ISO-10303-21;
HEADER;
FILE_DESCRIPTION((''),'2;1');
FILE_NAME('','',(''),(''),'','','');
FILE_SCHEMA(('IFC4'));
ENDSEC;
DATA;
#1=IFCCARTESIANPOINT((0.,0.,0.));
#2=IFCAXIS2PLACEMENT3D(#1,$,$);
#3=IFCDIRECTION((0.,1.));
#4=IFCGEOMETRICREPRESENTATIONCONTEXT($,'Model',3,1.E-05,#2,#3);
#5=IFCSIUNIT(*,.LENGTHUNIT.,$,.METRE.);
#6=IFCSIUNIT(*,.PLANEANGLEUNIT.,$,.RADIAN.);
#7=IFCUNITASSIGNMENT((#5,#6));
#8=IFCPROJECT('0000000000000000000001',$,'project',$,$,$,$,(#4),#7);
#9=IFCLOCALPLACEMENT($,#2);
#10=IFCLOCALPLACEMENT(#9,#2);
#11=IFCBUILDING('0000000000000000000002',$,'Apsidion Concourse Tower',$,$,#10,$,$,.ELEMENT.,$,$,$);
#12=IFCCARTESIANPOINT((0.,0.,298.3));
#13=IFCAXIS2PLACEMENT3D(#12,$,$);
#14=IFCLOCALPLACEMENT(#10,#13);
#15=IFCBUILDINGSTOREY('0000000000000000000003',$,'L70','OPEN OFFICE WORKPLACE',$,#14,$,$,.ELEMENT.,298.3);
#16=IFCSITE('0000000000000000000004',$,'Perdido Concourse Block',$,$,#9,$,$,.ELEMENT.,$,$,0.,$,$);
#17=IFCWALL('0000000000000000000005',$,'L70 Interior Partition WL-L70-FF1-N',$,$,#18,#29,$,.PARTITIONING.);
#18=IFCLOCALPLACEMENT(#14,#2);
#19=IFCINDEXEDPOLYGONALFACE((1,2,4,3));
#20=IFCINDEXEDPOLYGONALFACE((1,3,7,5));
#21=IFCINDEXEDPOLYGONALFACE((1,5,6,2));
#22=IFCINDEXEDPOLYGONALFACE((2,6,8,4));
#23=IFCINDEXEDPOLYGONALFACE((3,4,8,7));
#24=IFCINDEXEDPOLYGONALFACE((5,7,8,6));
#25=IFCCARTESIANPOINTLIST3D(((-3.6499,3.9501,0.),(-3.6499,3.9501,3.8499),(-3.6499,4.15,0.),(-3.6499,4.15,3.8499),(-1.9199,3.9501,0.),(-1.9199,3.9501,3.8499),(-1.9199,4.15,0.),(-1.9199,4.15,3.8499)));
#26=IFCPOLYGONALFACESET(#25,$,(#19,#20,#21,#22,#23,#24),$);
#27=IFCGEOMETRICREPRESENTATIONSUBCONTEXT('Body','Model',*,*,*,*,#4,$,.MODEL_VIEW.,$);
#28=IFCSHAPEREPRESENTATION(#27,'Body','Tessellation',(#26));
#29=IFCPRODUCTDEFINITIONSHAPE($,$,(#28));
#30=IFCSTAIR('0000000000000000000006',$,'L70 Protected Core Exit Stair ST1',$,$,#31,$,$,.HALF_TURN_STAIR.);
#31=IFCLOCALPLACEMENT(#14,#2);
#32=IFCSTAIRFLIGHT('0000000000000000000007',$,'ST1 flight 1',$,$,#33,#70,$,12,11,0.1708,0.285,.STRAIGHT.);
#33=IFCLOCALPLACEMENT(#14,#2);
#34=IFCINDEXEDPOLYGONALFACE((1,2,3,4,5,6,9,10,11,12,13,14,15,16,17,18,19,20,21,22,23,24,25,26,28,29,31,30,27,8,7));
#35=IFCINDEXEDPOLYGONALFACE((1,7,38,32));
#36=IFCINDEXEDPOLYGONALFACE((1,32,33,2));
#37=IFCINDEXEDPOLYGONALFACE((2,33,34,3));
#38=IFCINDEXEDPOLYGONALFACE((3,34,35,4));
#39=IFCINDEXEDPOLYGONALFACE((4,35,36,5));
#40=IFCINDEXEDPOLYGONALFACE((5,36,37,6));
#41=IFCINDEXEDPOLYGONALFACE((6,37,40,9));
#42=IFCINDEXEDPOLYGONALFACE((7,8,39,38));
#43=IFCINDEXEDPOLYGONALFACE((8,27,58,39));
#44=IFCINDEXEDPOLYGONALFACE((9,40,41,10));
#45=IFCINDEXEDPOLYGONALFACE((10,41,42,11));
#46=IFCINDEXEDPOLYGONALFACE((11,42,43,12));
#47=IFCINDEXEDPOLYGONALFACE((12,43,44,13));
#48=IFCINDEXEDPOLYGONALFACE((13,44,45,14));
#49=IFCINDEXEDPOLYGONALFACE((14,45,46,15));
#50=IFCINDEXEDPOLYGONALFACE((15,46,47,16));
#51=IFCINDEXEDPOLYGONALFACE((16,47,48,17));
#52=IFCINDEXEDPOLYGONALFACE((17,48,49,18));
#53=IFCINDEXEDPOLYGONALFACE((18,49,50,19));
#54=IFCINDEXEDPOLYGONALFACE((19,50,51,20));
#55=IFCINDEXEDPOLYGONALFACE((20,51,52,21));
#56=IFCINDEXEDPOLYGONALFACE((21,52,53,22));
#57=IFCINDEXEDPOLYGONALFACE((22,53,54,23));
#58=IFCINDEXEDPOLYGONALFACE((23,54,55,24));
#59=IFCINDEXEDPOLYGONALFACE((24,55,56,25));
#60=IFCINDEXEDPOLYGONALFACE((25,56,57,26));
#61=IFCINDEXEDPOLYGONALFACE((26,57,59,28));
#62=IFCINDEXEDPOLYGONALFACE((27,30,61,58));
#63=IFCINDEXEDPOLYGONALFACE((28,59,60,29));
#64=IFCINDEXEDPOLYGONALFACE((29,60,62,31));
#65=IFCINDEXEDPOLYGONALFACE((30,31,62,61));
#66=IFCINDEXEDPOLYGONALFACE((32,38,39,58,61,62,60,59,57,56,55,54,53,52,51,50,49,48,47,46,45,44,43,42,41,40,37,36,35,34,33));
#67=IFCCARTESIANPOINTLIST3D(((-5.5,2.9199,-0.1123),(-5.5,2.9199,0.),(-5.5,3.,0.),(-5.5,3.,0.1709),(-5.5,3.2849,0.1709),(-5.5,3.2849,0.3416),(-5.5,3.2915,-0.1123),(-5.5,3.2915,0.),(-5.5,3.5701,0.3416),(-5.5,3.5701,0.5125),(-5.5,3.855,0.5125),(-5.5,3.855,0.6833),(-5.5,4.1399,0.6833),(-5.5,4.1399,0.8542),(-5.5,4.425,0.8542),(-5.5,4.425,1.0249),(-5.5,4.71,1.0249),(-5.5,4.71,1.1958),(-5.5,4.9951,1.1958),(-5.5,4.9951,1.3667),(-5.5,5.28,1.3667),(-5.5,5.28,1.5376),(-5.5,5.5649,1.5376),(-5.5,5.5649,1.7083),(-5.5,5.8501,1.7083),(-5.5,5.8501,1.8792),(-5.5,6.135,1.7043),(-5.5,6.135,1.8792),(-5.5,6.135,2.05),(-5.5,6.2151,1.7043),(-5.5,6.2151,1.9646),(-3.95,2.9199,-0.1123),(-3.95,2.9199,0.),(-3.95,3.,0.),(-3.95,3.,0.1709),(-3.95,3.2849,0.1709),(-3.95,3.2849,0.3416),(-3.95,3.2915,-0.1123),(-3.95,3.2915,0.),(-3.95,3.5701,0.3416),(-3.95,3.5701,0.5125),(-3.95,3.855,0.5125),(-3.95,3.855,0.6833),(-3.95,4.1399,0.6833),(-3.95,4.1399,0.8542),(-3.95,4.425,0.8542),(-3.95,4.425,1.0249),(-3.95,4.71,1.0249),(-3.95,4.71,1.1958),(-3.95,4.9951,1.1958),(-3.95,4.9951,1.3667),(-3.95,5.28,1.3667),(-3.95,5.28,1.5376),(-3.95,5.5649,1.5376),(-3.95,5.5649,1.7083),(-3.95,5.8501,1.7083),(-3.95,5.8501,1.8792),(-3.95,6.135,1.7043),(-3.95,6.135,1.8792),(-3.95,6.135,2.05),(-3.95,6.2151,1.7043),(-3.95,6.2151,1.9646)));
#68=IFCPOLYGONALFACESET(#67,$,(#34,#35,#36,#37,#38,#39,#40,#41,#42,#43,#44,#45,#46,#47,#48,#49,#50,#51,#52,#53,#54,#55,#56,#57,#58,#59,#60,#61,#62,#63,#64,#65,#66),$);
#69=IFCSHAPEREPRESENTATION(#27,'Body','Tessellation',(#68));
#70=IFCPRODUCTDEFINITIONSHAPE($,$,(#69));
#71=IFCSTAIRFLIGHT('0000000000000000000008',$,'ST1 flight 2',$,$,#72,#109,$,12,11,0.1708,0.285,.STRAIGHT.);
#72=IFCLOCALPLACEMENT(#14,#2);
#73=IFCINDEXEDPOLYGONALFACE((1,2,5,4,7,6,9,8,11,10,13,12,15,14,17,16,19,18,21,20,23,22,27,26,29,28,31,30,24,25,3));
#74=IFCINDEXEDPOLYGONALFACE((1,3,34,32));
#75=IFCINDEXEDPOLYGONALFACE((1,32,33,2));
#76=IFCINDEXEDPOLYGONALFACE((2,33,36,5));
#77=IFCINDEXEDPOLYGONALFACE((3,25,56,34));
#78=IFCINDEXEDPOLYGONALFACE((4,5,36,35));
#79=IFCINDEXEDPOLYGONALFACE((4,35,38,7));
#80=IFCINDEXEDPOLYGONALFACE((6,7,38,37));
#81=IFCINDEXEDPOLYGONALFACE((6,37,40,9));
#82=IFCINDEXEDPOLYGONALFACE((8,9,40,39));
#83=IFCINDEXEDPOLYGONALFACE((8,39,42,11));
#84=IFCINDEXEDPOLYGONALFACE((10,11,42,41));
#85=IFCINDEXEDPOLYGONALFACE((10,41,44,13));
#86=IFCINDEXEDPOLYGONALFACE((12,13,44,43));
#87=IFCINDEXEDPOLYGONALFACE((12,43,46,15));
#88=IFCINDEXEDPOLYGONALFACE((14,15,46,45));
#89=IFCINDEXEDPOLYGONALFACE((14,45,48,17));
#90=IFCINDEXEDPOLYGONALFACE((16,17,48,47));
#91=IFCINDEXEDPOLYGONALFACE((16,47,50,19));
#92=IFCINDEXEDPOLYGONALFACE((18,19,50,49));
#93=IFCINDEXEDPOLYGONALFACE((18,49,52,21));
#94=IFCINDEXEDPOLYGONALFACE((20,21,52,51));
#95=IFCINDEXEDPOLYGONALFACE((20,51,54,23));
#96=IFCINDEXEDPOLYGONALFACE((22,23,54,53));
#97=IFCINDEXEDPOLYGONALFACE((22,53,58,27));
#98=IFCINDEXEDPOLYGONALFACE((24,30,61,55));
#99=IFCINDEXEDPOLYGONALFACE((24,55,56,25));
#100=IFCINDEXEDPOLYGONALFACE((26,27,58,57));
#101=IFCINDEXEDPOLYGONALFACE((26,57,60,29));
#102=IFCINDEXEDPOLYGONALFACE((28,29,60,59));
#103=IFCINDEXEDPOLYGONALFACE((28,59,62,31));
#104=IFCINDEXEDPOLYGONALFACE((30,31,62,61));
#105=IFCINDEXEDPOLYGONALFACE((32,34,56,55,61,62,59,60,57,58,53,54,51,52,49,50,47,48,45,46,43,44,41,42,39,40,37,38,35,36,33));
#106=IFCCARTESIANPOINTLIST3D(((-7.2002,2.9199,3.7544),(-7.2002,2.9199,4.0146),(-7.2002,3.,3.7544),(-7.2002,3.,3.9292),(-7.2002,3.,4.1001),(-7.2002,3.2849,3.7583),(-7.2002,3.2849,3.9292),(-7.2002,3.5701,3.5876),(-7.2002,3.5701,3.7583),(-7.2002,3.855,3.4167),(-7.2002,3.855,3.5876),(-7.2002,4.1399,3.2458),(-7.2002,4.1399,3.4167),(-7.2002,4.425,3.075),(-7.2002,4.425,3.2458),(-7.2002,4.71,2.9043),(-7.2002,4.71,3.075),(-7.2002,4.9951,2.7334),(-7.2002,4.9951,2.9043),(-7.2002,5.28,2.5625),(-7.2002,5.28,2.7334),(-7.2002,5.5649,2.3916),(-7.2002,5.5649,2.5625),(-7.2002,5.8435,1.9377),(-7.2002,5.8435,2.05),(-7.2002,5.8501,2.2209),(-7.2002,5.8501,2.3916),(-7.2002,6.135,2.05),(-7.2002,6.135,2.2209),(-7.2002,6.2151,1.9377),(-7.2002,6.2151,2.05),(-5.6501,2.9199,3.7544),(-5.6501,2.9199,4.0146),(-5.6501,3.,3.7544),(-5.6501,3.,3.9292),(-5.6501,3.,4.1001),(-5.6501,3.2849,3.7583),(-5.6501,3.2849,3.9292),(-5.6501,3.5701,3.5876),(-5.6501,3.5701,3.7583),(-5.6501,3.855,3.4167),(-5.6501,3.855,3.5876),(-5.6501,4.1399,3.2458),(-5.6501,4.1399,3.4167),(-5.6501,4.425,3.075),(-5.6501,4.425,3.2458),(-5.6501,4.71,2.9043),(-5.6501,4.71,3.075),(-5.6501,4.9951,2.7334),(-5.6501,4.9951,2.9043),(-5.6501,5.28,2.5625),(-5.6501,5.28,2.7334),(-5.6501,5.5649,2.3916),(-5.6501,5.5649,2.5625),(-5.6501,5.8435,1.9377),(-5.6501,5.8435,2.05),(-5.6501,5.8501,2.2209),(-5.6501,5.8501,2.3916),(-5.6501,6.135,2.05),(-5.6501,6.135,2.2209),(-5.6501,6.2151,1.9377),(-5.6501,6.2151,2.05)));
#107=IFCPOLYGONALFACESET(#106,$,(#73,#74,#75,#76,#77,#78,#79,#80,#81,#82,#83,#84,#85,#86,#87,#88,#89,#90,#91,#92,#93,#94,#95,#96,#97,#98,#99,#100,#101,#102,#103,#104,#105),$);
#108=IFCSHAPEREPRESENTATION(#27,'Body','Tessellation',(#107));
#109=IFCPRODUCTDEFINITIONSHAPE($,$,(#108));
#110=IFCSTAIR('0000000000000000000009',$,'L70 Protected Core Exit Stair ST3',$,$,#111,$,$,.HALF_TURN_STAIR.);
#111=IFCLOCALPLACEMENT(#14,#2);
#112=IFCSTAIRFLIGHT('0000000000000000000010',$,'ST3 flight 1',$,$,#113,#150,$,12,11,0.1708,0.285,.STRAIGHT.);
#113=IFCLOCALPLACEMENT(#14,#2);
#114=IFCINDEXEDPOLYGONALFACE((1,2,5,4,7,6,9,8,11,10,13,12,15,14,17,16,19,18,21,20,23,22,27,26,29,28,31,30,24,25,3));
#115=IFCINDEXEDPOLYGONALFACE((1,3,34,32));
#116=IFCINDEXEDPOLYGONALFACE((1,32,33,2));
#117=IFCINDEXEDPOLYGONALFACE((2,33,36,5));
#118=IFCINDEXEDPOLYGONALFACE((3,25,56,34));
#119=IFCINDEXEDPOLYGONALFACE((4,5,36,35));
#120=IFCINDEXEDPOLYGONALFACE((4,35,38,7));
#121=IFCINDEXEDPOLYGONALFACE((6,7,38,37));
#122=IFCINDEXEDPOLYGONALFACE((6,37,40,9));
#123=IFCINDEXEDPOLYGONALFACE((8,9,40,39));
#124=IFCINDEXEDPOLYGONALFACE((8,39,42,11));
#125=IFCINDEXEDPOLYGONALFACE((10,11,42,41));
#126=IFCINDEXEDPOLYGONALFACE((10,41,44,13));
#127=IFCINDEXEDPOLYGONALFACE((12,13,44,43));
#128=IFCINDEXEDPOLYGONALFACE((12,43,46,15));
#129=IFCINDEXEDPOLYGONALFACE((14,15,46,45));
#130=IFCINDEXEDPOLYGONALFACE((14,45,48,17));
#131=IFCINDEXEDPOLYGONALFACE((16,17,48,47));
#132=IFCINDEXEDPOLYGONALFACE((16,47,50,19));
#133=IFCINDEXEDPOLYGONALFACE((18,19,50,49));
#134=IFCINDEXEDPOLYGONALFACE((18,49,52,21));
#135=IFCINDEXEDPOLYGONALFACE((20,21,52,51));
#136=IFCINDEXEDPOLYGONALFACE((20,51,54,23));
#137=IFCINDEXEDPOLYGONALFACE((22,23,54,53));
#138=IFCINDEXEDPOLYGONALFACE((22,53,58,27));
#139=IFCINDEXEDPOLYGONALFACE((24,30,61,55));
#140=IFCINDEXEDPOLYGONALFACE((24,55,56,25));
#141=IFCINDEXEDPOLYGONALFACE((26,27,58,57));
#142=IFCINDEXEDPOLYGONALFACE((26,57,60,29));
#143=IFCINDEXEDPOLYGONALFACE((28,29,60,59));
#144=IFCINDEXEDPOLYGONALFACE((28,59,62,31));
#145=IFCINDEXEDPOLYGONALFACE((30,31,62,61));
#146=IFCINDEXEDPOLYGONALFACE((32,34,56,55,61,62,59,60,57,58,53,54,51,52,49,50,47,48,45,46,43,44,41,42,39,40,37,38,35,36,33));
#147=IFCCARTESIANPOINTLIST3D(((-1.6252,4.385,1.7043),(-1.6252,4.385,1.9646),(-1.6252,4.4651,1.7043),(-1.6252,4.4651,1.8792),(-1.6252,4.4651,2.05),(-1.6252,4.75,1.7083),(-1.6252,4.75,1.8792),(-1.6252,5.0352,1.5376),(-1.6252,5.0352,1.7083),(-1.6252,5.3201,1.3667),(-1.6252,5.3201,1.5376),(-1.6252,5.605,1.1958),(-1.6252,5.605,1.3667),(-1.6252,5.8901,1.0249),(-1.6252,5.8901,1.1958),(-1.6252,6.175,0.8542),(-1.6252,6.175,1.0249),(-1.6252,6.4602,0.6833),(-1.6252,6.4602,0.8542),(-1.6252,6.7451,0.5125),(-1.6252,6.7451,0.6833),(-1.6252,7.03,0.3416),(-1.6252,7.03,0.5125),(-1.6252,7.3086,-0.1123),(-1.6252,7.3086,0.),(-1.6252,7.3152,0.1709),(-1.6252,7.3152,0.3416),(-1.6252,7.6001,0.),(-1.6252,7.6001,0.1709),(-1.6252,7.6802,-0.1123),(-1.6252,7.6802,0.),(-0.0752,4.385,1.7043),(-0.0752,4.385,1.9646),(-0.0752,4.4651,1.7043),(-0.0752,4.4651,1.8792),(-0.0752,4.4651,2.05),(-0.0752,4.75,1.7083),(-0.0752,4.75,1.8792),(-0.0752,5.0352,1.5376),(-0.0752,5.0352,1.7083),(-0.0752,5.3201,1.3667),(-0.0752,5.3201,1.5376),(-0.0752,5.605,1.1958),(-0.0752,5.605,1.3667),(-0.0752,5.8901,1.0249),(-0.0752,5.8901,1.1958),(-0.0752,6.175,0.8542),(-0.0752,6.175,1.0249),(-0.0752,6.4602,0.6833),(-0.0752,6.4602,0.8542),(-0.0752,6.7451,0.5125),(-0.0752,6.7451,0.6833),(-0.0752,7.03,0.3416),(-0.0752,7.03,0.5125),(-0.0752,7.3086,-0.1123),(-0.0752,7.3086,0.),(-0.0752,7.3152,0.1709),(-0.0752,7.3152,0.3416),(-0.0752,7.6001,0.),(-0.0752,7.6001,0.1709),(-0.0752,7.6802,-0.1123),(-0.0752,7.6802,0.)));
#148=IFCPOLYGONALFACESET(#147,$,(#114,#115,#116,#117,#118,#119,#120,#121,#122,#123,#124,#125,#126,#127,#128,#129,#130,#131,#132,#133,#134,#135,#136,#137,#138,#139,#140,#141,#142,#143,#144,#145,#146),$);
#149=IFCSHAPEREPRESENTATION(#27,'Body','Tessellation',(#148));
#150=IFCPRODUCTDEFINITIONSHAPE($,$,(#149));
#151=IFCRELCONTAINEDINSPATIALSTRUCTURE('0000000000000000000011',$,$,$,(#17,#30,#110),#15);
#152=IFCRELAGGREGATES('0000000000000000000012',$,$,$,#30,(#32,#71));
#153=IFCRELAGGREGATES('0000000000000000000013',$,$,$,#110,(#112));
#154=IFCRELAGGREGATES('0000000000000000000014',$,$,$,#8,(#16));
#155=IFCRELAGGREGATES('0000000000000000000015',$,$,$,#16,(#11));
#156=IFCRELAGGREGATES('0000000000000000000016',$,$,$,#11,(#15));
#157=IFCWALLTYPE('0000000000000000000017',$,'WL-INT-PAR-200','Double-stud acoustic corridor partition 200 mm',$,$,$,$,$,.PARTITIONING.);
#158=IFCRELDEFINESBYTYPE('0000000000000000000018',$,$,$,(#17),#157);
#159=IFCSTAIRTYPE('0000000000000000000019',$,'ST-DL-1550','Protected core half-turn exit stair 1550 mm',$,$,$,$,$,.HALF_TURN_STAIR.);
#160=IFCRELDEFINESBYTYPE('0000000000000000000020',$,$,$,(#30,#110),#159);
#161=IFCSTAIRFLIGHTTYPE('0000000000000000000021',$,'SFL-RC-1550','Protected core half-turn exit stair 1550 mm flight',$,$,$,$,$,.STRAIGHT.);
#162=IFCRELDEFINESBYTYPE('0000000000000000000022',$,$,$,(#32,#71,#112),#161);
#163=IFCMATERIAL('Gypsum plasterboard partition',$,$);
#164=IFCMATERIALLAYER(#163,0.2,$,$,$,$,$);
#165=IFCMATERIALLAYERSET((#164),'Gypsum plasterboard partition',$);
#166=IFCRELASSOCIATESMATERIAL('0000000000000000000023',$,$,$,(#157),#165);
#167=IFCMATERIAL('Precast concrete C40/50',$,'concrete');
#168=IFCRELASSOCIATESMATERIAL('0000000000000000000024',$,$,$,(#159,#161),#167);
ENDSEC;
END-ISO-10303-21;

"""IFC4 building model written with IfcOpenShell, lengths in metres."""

from ifc_helpers import new_model, si_unit, direction, frame, frame_2d, origin, place, context, subcontext, project, spatial, polyline, rectangle, outline, extrude, material, layer, layer_set, type_object, element, aggregate, save


model = new_model("IFC4")

# Units and contexts
model_context = context("Model", 3, precision=1e-05, world=origin(), true_north=direction((0.0, 1.0)))
body_context = subcontext(model_context, "Body", "Model", "MODEL_VIEW")
ifc_project = project(units=[si_unit("LENGTHUNIT", "METRE"), si_unit("PLANEANGLEUNIT", "RADIAN")], contexts=[model_context])

# Site, building, storey
site_placement = place(None, origin())
site = spatial("IfcSite", under=ifc_project, at=site_placement, Name="Perdido Concourse Block", CompositionType="ELEMENT", RefElevation=0.0)
building_placement = place(site_placement, origin())
building = spatial("IfcBuilding", under=site, at=building_placement, Name="Apsidion Concourse Tower", CompositionType="ELEMENT")
storey_placement = place(building_placement, frame((0.0, 0.0, 298.3)))
storey = spatial("IfcBuildingStorey", under=building, at=storey_placement, Name="L70", Description="OPEN OFFICE WORKPLACE", CompositionType="ELEMENT", Elevation=298.3)

# Shared definitions
ifc_material_1 = material(Name="Gypsum plasterboard partition")

# Wall
ifc_layer_1 = layer(ifc_material_1, 0.2)
ifc_layer_set_1 = layer_set([ifc_layer_1], Name="Gypsum plasterboard partition")
wall_type_1 = type_object("IfcWallType", Name="WL-INT-PAR-200", Description="Double-stud acoustic corridor partition 200 mm", PredefinedType="PARTITIONING", material=ifc_layer_set_1)
wall_1_placement = place(storey_placement, frame((-3.6499, 4.05, 0.0), z_axis=(0.0, 0.0, 1.0), x_axis=(1.0, 0.0, 0.0)))
element("IfcWall", 1, at=wall_1_placement, inside=storey, type_object=wall_type_1, Name="L70 Interior Partition WL-L70-FF1-N", PredefinedType="PARTITIONING", context=body_context, shape_type="SweptSolid", body=[
    extrude(rectangle(XDim=1.73, YDim=0.2, at=frame_2d((0.865, 0.0))), origin(), (0.0, 0.0, 1.0), 3.8499),
])

# Stair, stair flights
ifc_material_2 = material(Name="Precast concrete C40/50", Category="concrete")
stair_type = type_object("IfcStairType", Name="ST-DL-1550", Description="Protected core half-turn exit stair 1550 mm", PredefinedType="HALF_TURN_STAIR", material=ifc_material_2)
stair_1_placement = place(storey_placement, origin())
stair_1 = element("IfcStair", 2, at=stair_1_placement, inside=storey, type_object=stair_type, Name="L70 Protected Core Exit Stair ST1", PredefinedType="HALF_TURN_STAIR")
stair_flight_type = type_object("IfcStairFlightType", Name="SFL-RC-1550", Description="Protected core half-turn exit stair 1550 mm flight", PredefinedType="STRAIGHT", material=ifc_material_2)
stair_flight_1_placement = place(storey_placement, frame((-4.7251, 3.0, 0.0), z_axis=(0.0, 0.0, 1.0), x_axis=(0.0, 1.0, 0.0)))
stair_flight_1 = element("IfcStairFlight", 3, at=stair_flight_1_placement, type_object=stair_flight_type, Name="ST1 flight 1", NumberOfRisers=12, NumberOfTreads=11, PredefinedType="STRAIGHT", RiserHeight=0.1708, TreadLength=0.285, context=body_context, shape_type="SweptSolid", body=[
    extrude(outline(polyline([(-0.0801, -0.1123), (-0.0801, 0.0), (0.0, 0.0), (0.0, 0.1709), (0.2849, 0.1709), (0.2849, 0.3416), (0.5701, 0.3416), (0.5701, 0.5125), (0.855, 0.5125), (0.855, 0.6833), (1.1399, 0.6833), (1.1399, 0.8542), (1.425, 0.8542), (1.425, 1.0249), (1.71, 1.0249), (1.71, 1.1958), (1.9951, 1.1958), (1.9951, 1.3667), (2.28, 1.3667), (2.28, 1.5376), (2.5649, 1.5376), (2.5649, 1.7083), (2.8501, 1.7083), (2.8501, 1.8792), (3.135, 1.8792), (3.135, 2.05), (3.2151, 1.9646), (3.2151, 1.7043), (3.135, 1.7043), (0.2915, 0.0), (0.2915, -0.1123), (-0.0801, -0.1123)])), frame((0.0, 0.7749, 0.0), z_axis=(0.0, -1.0, 0.0), x_axis=(1.0, 0.0, 0.0)), (0.0, 0.0, 1.0), 1.55),
])
stair_flight_2_placement = place(storey_placement, frame((-6.425, 6.135, 2.05), z_axis=(0.0, 0.0, 1.0), x_axis=(0.0, -1.0, 0.0)))
stair_flight_2 = element("IfcStairFlight", 4, at=stair_flight_2_placement, type_object=stair_flight_type, Name="ST1 flight 2", NumberOfRisers=12, NumberOfTreads=11, PredefinedType="STRAIGHT", RiserHeight=0.1708, TreadLength=0.285, context=body_context, shape_type="SweptSolid", body=[
    extrude(outline(polyline([(-0.0801, -0.1123), (-0.0801, 0.0), (0.0, 0.0), (0.0, 0.1709), (0.2849, 0.1709), (0.2849, 0.3416), (0.5701, 0.3416), (0.5701, 0.5125), (0.855, 0.5125), (0.855, 0.6833), (1.1399, 0.6833), (1.1399, 0.8542), (1.425, 0.8542), (1.425, 1.0249), (1.71, 1.0249), (1.71, 1.1958), (1.9951, 1.1958), (1.9951, 1.3667), (2.28, 1.3667), (2.28, 1.5376), (2.5649, 1.5376), (2.5649, 1.7083), (2.8501, 1.7083), (2.8501, 1.8792), (3.135, 1.8792), (3.135, 2.05), (3.2151, 1.9646), (3.2151, 1.7043), (3.135, 1.7043), (0.2915, 0.0), (0.2915, -0.1123), (-0.0801, -0.1123)])), frame((0.0, 0.7749, 0.0), z_axis=(0.0, -1.0, 0.0), x_axis=(1.0, 0.0, 0.0)), (0.0, 0.0, 1.0), 1.55),
])
aggregate(stair_1, [stair_flight_1, stair_flight_2])

# Stair, stair flight
stair_2_placement = place(storey_placement, origin())
stair_2 = element("IfcStair", 5, at=stair_2_placement, inside=storey, type_object=stair_type, Name="L70 Protected Core Exit Stair ST3", PredefinedType="HALF_TURN_STAIR")
stair_flight_3_placement = place(storey_placement, frame((-0.8501, 7.6001, 0.0), z_axis=(0.0, 0.0, 1.0), x_axis=(0.0, -1.0, 0.0)))
stair_flight_3 = element("IfcStairFlight", 6, at=stair_flight_3_placement, type_object=stair_flight_type, Name="ST3 flight 1", NumberOfRisers=12, NumberOfTreads=11, PredefinedType="STRAIGHT", RiserHeight=0.1708, TreadLength=0.285, context=body_context, shape_type="SweptSolid", body=[
    extrude(outline(polyline([(-0.0801, -0.1123), (-0.0801, 0.0), (0.0, 0.0), (0.0, 0.1709), (0.2849, 0.1709), (0.2849, 0.3416), (0.5701, 0.3416), (0.5701, 0.5125), (0.855, 0.5125), (0.855, 0.6833), (1.1399, 0.6833), (1.1399, 0.8542), (1.425, 0.8542), (1.425, 1.0249), (1.71, 1.0249), (1.71, 1.1958), (1.9951, 1.1958), (1.9951, 1.3667), (2.28, 1.3667), (2.28, 1.5376), (2.5649, 1.5376), (2.5649, 1.7083), (2.8501, 1.7083), (2.8501, 1.8792), (3.135, 1.8792), (3.135, 2.05), (3.2151, 1.9646), (3.2151, 1.7043), (3.135, 1.7043), (0.2915, 0.0), (0.2915, -0.1123), (-0.0801, -0.1123)])), frame((0.0, 0.7749, 0.0), z_axis=(0.0, -1.0, 0.0), x_axis=(1.0, 0.0, 0.0)), (0.0, 0.0, 1.0), 1.55),
])
aggregate(stair_2, [stair_flight_3])

save(model, "model.ifc")
